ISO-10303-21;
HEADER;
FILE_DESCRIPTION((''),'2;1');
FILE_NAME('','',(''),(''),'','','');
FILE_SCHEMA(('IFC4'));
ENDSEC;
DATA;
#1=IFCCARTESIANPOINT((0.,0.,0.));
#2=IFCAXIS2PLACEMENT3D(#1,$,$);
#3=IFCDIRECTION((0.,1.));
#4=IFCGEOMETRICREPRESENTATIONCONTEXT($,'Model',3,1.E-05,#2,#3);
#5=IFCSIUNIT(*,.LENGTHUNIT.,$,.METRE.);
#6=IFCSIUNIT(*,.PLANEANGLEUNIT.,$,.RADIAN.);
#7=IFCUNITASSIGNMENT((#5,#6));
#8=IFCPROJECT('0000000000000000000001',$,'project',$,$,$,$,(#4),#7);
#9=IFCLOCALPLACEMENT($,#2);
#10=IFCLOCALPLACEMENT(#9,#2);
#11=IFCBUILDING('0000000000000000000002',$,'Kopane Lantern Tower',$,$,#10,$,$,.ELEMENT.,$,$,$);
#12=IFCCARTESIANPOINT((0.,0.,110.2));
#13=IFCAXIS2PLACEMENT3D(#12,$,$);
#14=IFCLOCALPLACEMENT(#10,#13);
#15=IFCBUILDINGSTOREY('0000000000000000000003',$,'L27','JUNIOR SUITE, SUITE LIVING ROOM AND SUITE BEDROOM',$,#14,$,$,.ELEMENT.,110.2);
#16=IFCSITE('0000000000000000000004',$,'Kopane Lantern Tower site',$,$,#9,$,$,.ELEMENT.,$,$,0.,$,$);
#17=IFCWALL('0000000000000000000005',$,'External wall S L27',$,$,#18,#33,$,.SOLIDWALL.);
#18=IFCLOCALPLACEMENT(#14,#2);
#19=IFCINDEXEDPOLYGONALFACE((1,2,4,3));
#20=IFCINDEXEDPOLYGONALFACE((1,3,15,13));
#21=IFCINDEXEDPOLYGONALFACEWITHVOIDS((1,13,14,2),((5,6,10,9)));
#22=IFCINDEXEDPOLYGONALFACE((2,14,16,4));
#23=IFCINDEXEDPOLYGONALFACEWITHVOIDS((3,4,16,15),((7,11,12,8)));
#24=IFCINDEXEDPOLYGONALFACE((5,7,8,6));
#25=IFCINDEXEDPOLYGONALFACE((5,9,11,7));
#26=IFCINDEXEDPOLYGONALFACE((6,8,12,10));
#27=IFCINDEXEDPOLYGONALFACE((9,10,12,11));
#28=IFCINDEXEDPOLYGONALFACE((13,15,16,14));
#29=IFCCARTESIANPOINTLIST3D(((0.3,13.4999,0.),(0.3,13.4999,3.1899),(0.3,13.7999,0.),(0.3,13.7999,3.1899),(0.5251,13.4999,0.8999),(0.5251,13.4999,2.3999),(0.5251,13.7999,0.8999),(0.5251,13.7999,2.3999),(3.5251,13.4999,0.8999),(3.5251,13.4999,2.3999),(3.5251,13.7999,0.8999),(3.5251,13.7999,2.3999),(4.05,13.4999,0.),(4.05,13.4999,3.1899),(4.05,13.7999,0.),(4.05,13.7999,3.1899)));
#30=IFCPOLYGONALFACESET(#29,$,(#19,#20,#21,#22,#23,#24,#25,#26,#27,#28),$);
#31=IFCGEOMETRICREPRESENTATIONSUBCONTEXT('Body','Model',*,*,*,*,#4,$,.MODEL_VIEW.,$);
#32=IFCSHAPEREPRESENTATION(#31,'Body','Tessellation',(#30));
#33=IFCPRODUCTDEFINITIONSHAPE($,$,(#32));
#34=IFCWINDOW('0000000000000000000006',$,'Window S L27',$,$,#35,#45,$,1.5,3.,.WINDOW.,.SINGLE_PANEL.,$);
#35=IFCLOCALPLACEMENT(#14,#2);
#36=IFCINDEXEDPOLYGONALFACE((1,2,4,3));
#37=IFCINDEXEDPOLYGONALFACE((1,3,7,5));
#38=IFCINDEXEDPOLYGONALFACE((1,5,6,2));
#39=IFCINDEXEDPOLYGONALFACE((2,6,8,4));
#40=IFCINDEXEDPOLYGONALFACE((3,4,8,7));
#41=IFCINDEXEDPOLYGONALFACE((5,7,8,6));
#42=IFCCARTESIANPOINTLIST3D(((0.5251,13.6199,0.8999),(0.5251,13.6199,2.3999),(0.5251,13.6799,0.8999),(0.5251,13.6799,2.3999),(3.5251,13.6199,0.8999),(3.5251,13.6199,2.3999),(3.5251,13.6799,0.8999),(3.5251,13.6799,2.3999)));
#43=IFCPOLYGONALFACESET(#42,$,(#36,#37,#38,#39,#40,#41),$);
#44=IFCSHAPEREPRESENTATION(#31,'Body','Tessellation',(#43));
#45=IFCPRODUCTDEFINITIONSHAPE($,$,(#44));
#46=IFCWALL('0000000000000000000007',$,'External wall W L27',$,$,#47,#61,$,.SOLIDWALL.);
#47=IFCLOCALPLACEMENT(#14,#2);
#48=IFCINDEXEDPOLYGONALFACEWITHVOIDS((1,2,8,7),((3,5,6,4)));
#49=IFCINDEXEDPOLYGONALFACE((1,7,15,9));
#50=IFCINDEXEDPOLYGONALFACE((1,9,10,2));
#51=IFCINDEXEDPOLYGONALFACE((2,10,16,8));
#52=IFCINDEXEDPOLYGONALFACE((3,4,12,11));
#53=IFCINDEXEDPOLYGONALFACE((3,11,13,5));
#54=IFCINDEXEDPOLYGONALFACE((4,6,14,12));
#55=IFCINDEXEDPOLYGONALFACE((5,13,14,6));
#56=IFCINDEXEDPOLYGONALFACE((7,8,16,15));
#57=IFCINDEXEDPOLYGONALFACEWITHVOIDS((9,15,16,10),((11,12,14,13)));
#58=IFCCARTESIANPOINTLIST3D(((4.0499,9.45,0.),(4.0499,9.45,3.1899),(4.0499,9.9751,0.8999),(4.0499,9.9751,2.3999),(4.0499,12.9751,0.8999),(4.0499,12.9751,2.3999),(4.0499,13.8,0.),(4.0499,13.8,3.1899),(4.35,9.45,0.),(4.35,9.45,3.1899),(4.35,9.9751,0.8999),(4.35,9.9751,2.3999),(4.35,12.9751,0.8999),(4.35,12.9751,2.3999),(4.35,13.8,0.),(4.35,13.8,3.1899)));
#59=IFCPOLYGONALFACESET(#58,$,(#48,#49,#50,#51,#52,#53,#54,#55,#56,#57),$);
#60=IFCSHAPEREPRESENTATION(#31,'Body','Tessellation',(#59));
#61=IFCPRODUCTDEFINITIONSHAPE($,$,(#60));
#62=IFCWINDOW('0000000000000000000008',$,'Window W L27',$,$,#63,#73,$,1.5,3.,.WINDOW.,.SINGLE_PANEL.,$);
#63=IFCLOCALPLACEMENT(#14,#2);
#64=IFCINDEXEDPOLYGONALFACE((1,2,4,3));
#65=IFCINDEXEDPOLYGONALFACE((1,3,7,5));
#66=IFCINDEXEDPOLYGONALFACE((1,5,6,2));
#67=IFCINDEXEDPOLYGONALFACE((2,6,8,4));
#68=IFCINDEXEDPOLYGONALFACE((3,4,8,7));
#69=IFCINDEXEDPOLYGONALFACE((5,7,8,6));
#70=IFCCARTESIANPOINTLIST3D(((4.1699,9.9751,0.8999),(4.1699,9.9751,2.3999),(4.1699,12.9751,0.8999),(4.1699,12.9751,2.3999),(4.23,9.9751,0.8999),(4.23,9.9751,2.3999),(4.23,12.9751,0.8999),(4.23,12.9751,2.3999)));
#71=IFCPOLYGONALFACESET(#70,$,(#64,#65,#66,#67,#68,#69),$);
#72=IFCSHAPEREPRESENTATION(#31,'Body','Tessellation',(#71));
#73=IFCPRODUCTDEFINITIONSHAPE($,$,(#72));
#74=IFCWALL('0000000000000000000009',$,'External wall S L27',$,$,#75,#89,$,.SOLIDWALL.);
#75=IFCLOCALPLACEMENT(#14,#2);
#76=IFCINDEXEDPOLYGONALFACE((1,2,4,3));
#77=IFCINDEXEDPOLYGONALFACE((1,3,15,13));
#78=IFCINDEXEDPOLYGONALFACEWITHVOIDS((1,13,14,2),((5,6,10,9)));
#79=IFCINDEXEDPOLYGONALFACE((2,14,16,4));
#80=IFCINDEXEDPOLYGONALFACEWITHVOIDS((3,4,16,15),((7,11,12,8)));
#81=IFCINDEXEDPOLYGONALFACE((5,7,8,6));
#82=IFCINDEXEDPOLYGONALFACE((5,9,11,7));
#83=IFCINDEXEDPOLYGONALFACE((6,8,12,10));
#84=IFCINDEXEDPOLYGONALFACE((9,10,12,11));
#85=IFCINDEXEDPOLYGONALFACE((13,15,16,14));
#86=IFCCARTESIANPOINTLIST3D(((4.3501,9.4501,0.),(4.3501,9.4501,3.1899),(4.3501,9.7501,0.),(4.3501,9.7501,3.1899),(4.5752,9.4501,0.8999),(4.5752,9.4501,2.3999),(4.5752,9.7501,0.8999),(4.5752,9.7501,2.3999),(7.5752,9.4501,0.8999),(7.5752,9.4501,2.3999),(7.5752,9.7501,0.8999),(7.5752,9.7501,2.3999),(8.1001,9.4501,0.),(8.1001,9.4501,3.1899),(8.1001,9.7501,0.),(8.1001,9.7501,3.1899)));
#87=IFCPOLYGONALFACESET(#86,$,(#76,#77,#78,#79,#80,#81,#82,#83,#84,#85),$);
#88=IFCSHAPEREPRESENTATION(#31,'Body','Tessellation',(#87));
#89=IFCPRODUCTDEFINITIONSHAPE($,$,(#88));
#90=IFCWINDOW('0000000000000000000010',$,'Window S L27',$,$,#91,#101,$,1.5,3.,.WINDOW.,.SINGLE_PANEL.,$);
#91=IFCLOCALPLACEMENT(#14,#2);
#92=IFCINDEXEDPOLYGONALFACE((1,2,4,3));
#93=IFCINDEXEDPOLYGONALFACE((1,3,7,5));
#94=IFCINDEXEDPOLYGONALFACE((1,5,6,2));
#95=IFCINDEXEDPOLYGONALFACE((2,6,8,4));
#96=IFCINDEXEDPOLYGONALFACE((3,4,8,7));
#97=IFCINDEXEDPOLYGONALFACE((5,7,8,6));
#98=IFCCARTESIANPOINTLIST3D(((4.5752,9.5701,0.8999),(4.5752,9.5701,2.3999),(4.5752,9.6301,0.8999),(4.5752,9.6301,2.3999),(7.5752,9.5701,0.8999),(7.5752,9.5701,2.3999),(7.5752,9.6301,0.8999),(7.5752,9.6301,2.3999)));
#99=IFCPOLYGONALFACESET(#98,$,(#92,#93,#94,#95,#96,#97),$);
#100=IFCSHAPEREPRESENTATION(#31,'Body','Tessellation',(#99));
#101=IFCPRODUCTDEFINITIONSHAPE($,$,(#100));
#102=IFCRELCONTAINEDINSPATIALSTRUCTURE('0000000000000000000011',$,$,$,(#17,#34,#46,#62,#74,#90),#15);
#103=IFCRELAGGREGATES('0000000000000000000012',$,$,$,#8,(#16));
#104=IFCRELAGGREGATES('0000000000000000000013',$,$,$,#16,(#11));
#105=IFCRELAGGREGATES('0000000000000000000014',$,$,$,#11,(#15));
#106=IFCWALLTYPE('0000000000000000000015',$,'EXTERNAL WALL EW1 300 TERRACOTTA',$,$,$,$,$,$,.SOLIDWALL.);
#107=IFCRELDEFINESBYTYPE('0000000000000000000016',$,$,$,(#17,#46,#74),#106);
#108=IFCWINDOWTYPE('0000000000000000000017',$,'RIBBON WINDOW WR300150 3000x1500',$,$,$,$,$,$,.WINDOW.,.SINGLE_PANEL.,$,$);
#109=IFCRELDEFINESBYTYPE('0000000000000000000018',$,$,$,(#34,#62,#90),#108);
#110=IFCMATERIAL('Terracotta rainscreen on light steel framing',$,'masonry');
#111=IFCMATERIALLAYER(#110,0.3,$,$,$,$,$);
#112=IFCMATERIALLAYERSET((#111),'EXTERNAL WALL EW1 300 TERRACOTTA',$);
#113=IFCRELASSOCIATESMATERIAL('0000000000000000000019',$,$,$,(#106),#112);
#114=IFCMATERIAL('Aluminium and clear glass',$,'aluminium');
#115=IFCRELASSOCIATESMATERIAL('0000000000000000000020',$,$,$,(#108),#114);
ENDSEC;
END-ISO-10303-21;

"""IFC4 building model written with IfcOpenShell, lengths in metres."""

from ifc_helpers import new_model, si_unit, direction, frame, frame_2d, origin, place, context, subcontext, project, spatial, rectangle, extrude, material, layer, layer_set, type_object, element, fill, save


model = new_model("IFC4")

# Units and contexts
model_context = context("Model", 3, precision=1e-05, world=origin(), true_north=direction((0.0, 1.0)))
body_context = subcontext(model_context, "Body", "Model", "MODEL_VIEW")
ifc_project = project(units=[si_unit("LENGTHUNIT", "METRE"), si_unit("PLANEANGLEUNIT", "RADIAN")], contexts=[model_context])

# Site, building, storey
site_placement = place(None, origin())
site = spatial("IfcSite", under=ifc_project, at=site_placement, Name="Kopane Lantern Tower site", CompositionType="ELEMENT", RefElevation=0.0)
building_placement = place(site_placement, origin())
building = spatial("IfcBuilding", under=site, at=building_placement, Name="Kopane Lantern Tower", CompositionType="ELEMENT")
storey_placement = place(building_placement, frame((0.0, 0.0, 110.2)))
storey = spatial("IfcBuildingStorey", under=building, at=storey_placement, Name="L27", Description="JUNIOR SUITE, SUITE LIVING ROOM AND SUITE BEDROOM", CompositionType="ELEMENT", Elevation=110.2)

# Walls, openings, windows
ifc_material_1 = material(Name="Terracotta rainscreen on light steel framing", Category="masonry")
ifc_layer_1 = layer(ifc_material_1, 0.3)
ifc_layer_set_1 = layer_set([ifc_layer_1], Name="EXTERNAL WALL EW1 300 TERRACOTTA")
wall_type = type_object("IfcWallType", Name="EXTERNAL WALL EW1 300 TERRACOTTA", PredefinedType="SOLIDWALL", material=ifc_layer_set_1)
wall_1_placement = place(storey_placement, frame((0.3, 13.6499, 0.0), z_axis=(0.0, 0.0, 1.0), x_axis=(1.0, 0.0, 0.0)))
wall_1 = element("IfcWall", 1, at=wall_1_placement, inside=storey, type_object=wall_type, Name="External wall S L27", PredefinedType="SOLIDWALL", context=body_context, shape_type="SweptSolid", body=[
    extrude(rectangle(XDim=3.75, YDim=0.3, at=frame_2d((1.875, 0.0))), origin(), (0.0, 0.0, 1.0), 3.1899),
])
opening_1_placement = place(wall_1_placement, frame((0.2251, 0.0, 0.8999)))
opening_1 = element("IfcOpeningElement", 2, at=opening_1_placement, cuts=wall_1, PredefinedType="OPENING", context=body_context, shape_type="SweptSolid", body=[
    extrude(rectangle(XDim=3.0, YDim=1.5, at=frame_2d((1.5, 0.75))), frame((0.0, 0.1599, 0.0), z_axis=(0.0, -1.0, 0.0), x_axis=(1.0, 0.0, 0.0)), (0.0, 0.0, 1.0), 0.3201),
])
ifc_material_2 = material(Name="Aluminium and clear glass", Category="aluminium")
window_type = type_object("IfcWindowType", Name="RIBBON WINDOW WR300150 3000x1500", PartitioningType="SINGLE_PANEL", PredefinedType="WINDOW", material=ifc_material_2)
window_1_placement = place(opening_1_placement, origin())
window_1 = element("IfcWindow", 3, at=window_1_placement, inside=storey, type_object=window_type, Name="Window S L27", OverallHeight=1.5, OverallWidth=3.0, PartitioningType="SINGLE_PANEL", PredefinedType="WINDOW", context=body_context, shape_type="SweptSolid", body=[
    extrude(rectangle(XDim=3.0, YDim=1.5, at=frame_2d((1.5, 0.75))), frame((0.0, 0.03, 0.0), z_axis=(0.0, -1.0, 0.0), x_axis=(1.0, 0.0, 0.0)), (0.0, 0.0, 1.0), 0.0601),
])
fill(opening_1, window_1)
wall_2_placement = place(storey_placement, frame((4.2, 13.8, 0.0), z_axis=(0.0, 0.0, 1.0), x_axis=(0.0, -1.0, 0.0)))
wall_2 = element("IfcWall", 4, at=wall_2_placement, inside=storey, type_object=wall_type, Name="External wall W L27", PredefinedType="SOLIDWALL", context=body_context, shape_type="SweptSolid", body=[
    extrude(rectangle(XDim=4.3501, YDim=0.3, at=frame_2d((2.175, 0.0))), origin(), (0.0, 0.0, 1.0), 3.1899),
])
opening_2_placement = place(wall_2_placement, frame((0.825, 0.0, 0.8999)))
opening_2 = element("IfcOpeningElement", 5, at=opening_2_placement, cuts=wall_2, PredefinedType="OPENING", context=body_context, shape_type="SweptSolid", body=[
    extrude(rectangle(XDim=3.0, YDim=1.5, at=frame_2d((1.5, 0.75))), frame((0.0, 0.1599, 0.0), z_axis=(0.0, -1.0, 0.0), x_axis=(1.0, 0.0, 0.0)), (0.0, 0.0, 1.0), 0.3201),
])
window_2_placement = place(opening_2_placement, origin())
window_2 = element("IfcWindow", 6, at=window_2_placement, inside=storey, type_object=window_type, Name="Window W L27", OverallHeight=1.5, OverallWidth=3.0, PartitioningType="SINGLE_PANEL", PredefinedType="WINDOW", context=body_context, shape_type="SweptSolid", body=[
    extrude(rectangle(XDim=3.0, YDim=1.5, at=frame_2d((1.5, 0.75))), frame((0.0, 0.03, 0.0), z_axis=(0.0, -1.0, 0.0), x_axis=(1.0, 0.0, 0.0)), (0.0, 0.0, 1.0), 0.0601),
])
fill(opening_2, window_2)
wall_3_placement = place(storey_placement, frame((4.3501, 9.6001, 0.0), z_axis=(0.0, 0.0, 1.0), x_axis=(1.0, 0.0, 0.0)))
wall_3 = element("IfcWall", 7, at=wall_3_placement, inside=storey, type_object=wall_type, Name="External wall S L27", PredefinedType="SOLIDWALL", context=body_context, shape_type="SweptSolid", body=[
    extrude(rectangle(XDim=3.75, YDim=0.3, at=frame_2d((1.875, 0.0))), origin(), (0.0, 0.0, 1.0), 3.1899),
])
opening_3_placement = place(wall_3_placement, frame((0.2251, 0.0, 0.8999)))
opening_3 = element("IfcOpeningElement", 8, at=opening_3_placement, cuts=wall_3, PredefinedType="OPENING", context=body_context, shape_type="SweptSolid", body=[
    extrude(rectangle(XDim=3.0, YDim=1.5, at=frame_2d((1.5, 0.75))), frame((0.0, 0.1599, 0.0), z_axis=(0.0, -1.0, 0.0), x_axis=(1.0, 0.0, 0.0)), (0.0, 0.0, 1.0), 0.3201),
])
window_3_placement = place(opening_3_placement, origin())
window_3 = element("IfcWindow", 9, at=window_3_placement, inside=storey, type_object=window_type, Name="Window S L27", OverallHeight=1.5, OverallWidth=3.0, PartitioningType="SINGLE_PANEL", PredefinedType="WINDOW", context=body_context, shape_type="SweptSolid", body=[
    extrude(rectangle(XDim=3.0, YDim=1.5, at=frame_2d((1.5, 0.75))), frame((0.0, 0.03, 0.0), z_axis=(0.0, -1.0, 0.0), x_axis=(1.0, 0.0, 0.0)), (0.0, 0.0, 1.0), 0.0601),
])
fill(opening_3, window_3)

save(model, "model.ifc")
